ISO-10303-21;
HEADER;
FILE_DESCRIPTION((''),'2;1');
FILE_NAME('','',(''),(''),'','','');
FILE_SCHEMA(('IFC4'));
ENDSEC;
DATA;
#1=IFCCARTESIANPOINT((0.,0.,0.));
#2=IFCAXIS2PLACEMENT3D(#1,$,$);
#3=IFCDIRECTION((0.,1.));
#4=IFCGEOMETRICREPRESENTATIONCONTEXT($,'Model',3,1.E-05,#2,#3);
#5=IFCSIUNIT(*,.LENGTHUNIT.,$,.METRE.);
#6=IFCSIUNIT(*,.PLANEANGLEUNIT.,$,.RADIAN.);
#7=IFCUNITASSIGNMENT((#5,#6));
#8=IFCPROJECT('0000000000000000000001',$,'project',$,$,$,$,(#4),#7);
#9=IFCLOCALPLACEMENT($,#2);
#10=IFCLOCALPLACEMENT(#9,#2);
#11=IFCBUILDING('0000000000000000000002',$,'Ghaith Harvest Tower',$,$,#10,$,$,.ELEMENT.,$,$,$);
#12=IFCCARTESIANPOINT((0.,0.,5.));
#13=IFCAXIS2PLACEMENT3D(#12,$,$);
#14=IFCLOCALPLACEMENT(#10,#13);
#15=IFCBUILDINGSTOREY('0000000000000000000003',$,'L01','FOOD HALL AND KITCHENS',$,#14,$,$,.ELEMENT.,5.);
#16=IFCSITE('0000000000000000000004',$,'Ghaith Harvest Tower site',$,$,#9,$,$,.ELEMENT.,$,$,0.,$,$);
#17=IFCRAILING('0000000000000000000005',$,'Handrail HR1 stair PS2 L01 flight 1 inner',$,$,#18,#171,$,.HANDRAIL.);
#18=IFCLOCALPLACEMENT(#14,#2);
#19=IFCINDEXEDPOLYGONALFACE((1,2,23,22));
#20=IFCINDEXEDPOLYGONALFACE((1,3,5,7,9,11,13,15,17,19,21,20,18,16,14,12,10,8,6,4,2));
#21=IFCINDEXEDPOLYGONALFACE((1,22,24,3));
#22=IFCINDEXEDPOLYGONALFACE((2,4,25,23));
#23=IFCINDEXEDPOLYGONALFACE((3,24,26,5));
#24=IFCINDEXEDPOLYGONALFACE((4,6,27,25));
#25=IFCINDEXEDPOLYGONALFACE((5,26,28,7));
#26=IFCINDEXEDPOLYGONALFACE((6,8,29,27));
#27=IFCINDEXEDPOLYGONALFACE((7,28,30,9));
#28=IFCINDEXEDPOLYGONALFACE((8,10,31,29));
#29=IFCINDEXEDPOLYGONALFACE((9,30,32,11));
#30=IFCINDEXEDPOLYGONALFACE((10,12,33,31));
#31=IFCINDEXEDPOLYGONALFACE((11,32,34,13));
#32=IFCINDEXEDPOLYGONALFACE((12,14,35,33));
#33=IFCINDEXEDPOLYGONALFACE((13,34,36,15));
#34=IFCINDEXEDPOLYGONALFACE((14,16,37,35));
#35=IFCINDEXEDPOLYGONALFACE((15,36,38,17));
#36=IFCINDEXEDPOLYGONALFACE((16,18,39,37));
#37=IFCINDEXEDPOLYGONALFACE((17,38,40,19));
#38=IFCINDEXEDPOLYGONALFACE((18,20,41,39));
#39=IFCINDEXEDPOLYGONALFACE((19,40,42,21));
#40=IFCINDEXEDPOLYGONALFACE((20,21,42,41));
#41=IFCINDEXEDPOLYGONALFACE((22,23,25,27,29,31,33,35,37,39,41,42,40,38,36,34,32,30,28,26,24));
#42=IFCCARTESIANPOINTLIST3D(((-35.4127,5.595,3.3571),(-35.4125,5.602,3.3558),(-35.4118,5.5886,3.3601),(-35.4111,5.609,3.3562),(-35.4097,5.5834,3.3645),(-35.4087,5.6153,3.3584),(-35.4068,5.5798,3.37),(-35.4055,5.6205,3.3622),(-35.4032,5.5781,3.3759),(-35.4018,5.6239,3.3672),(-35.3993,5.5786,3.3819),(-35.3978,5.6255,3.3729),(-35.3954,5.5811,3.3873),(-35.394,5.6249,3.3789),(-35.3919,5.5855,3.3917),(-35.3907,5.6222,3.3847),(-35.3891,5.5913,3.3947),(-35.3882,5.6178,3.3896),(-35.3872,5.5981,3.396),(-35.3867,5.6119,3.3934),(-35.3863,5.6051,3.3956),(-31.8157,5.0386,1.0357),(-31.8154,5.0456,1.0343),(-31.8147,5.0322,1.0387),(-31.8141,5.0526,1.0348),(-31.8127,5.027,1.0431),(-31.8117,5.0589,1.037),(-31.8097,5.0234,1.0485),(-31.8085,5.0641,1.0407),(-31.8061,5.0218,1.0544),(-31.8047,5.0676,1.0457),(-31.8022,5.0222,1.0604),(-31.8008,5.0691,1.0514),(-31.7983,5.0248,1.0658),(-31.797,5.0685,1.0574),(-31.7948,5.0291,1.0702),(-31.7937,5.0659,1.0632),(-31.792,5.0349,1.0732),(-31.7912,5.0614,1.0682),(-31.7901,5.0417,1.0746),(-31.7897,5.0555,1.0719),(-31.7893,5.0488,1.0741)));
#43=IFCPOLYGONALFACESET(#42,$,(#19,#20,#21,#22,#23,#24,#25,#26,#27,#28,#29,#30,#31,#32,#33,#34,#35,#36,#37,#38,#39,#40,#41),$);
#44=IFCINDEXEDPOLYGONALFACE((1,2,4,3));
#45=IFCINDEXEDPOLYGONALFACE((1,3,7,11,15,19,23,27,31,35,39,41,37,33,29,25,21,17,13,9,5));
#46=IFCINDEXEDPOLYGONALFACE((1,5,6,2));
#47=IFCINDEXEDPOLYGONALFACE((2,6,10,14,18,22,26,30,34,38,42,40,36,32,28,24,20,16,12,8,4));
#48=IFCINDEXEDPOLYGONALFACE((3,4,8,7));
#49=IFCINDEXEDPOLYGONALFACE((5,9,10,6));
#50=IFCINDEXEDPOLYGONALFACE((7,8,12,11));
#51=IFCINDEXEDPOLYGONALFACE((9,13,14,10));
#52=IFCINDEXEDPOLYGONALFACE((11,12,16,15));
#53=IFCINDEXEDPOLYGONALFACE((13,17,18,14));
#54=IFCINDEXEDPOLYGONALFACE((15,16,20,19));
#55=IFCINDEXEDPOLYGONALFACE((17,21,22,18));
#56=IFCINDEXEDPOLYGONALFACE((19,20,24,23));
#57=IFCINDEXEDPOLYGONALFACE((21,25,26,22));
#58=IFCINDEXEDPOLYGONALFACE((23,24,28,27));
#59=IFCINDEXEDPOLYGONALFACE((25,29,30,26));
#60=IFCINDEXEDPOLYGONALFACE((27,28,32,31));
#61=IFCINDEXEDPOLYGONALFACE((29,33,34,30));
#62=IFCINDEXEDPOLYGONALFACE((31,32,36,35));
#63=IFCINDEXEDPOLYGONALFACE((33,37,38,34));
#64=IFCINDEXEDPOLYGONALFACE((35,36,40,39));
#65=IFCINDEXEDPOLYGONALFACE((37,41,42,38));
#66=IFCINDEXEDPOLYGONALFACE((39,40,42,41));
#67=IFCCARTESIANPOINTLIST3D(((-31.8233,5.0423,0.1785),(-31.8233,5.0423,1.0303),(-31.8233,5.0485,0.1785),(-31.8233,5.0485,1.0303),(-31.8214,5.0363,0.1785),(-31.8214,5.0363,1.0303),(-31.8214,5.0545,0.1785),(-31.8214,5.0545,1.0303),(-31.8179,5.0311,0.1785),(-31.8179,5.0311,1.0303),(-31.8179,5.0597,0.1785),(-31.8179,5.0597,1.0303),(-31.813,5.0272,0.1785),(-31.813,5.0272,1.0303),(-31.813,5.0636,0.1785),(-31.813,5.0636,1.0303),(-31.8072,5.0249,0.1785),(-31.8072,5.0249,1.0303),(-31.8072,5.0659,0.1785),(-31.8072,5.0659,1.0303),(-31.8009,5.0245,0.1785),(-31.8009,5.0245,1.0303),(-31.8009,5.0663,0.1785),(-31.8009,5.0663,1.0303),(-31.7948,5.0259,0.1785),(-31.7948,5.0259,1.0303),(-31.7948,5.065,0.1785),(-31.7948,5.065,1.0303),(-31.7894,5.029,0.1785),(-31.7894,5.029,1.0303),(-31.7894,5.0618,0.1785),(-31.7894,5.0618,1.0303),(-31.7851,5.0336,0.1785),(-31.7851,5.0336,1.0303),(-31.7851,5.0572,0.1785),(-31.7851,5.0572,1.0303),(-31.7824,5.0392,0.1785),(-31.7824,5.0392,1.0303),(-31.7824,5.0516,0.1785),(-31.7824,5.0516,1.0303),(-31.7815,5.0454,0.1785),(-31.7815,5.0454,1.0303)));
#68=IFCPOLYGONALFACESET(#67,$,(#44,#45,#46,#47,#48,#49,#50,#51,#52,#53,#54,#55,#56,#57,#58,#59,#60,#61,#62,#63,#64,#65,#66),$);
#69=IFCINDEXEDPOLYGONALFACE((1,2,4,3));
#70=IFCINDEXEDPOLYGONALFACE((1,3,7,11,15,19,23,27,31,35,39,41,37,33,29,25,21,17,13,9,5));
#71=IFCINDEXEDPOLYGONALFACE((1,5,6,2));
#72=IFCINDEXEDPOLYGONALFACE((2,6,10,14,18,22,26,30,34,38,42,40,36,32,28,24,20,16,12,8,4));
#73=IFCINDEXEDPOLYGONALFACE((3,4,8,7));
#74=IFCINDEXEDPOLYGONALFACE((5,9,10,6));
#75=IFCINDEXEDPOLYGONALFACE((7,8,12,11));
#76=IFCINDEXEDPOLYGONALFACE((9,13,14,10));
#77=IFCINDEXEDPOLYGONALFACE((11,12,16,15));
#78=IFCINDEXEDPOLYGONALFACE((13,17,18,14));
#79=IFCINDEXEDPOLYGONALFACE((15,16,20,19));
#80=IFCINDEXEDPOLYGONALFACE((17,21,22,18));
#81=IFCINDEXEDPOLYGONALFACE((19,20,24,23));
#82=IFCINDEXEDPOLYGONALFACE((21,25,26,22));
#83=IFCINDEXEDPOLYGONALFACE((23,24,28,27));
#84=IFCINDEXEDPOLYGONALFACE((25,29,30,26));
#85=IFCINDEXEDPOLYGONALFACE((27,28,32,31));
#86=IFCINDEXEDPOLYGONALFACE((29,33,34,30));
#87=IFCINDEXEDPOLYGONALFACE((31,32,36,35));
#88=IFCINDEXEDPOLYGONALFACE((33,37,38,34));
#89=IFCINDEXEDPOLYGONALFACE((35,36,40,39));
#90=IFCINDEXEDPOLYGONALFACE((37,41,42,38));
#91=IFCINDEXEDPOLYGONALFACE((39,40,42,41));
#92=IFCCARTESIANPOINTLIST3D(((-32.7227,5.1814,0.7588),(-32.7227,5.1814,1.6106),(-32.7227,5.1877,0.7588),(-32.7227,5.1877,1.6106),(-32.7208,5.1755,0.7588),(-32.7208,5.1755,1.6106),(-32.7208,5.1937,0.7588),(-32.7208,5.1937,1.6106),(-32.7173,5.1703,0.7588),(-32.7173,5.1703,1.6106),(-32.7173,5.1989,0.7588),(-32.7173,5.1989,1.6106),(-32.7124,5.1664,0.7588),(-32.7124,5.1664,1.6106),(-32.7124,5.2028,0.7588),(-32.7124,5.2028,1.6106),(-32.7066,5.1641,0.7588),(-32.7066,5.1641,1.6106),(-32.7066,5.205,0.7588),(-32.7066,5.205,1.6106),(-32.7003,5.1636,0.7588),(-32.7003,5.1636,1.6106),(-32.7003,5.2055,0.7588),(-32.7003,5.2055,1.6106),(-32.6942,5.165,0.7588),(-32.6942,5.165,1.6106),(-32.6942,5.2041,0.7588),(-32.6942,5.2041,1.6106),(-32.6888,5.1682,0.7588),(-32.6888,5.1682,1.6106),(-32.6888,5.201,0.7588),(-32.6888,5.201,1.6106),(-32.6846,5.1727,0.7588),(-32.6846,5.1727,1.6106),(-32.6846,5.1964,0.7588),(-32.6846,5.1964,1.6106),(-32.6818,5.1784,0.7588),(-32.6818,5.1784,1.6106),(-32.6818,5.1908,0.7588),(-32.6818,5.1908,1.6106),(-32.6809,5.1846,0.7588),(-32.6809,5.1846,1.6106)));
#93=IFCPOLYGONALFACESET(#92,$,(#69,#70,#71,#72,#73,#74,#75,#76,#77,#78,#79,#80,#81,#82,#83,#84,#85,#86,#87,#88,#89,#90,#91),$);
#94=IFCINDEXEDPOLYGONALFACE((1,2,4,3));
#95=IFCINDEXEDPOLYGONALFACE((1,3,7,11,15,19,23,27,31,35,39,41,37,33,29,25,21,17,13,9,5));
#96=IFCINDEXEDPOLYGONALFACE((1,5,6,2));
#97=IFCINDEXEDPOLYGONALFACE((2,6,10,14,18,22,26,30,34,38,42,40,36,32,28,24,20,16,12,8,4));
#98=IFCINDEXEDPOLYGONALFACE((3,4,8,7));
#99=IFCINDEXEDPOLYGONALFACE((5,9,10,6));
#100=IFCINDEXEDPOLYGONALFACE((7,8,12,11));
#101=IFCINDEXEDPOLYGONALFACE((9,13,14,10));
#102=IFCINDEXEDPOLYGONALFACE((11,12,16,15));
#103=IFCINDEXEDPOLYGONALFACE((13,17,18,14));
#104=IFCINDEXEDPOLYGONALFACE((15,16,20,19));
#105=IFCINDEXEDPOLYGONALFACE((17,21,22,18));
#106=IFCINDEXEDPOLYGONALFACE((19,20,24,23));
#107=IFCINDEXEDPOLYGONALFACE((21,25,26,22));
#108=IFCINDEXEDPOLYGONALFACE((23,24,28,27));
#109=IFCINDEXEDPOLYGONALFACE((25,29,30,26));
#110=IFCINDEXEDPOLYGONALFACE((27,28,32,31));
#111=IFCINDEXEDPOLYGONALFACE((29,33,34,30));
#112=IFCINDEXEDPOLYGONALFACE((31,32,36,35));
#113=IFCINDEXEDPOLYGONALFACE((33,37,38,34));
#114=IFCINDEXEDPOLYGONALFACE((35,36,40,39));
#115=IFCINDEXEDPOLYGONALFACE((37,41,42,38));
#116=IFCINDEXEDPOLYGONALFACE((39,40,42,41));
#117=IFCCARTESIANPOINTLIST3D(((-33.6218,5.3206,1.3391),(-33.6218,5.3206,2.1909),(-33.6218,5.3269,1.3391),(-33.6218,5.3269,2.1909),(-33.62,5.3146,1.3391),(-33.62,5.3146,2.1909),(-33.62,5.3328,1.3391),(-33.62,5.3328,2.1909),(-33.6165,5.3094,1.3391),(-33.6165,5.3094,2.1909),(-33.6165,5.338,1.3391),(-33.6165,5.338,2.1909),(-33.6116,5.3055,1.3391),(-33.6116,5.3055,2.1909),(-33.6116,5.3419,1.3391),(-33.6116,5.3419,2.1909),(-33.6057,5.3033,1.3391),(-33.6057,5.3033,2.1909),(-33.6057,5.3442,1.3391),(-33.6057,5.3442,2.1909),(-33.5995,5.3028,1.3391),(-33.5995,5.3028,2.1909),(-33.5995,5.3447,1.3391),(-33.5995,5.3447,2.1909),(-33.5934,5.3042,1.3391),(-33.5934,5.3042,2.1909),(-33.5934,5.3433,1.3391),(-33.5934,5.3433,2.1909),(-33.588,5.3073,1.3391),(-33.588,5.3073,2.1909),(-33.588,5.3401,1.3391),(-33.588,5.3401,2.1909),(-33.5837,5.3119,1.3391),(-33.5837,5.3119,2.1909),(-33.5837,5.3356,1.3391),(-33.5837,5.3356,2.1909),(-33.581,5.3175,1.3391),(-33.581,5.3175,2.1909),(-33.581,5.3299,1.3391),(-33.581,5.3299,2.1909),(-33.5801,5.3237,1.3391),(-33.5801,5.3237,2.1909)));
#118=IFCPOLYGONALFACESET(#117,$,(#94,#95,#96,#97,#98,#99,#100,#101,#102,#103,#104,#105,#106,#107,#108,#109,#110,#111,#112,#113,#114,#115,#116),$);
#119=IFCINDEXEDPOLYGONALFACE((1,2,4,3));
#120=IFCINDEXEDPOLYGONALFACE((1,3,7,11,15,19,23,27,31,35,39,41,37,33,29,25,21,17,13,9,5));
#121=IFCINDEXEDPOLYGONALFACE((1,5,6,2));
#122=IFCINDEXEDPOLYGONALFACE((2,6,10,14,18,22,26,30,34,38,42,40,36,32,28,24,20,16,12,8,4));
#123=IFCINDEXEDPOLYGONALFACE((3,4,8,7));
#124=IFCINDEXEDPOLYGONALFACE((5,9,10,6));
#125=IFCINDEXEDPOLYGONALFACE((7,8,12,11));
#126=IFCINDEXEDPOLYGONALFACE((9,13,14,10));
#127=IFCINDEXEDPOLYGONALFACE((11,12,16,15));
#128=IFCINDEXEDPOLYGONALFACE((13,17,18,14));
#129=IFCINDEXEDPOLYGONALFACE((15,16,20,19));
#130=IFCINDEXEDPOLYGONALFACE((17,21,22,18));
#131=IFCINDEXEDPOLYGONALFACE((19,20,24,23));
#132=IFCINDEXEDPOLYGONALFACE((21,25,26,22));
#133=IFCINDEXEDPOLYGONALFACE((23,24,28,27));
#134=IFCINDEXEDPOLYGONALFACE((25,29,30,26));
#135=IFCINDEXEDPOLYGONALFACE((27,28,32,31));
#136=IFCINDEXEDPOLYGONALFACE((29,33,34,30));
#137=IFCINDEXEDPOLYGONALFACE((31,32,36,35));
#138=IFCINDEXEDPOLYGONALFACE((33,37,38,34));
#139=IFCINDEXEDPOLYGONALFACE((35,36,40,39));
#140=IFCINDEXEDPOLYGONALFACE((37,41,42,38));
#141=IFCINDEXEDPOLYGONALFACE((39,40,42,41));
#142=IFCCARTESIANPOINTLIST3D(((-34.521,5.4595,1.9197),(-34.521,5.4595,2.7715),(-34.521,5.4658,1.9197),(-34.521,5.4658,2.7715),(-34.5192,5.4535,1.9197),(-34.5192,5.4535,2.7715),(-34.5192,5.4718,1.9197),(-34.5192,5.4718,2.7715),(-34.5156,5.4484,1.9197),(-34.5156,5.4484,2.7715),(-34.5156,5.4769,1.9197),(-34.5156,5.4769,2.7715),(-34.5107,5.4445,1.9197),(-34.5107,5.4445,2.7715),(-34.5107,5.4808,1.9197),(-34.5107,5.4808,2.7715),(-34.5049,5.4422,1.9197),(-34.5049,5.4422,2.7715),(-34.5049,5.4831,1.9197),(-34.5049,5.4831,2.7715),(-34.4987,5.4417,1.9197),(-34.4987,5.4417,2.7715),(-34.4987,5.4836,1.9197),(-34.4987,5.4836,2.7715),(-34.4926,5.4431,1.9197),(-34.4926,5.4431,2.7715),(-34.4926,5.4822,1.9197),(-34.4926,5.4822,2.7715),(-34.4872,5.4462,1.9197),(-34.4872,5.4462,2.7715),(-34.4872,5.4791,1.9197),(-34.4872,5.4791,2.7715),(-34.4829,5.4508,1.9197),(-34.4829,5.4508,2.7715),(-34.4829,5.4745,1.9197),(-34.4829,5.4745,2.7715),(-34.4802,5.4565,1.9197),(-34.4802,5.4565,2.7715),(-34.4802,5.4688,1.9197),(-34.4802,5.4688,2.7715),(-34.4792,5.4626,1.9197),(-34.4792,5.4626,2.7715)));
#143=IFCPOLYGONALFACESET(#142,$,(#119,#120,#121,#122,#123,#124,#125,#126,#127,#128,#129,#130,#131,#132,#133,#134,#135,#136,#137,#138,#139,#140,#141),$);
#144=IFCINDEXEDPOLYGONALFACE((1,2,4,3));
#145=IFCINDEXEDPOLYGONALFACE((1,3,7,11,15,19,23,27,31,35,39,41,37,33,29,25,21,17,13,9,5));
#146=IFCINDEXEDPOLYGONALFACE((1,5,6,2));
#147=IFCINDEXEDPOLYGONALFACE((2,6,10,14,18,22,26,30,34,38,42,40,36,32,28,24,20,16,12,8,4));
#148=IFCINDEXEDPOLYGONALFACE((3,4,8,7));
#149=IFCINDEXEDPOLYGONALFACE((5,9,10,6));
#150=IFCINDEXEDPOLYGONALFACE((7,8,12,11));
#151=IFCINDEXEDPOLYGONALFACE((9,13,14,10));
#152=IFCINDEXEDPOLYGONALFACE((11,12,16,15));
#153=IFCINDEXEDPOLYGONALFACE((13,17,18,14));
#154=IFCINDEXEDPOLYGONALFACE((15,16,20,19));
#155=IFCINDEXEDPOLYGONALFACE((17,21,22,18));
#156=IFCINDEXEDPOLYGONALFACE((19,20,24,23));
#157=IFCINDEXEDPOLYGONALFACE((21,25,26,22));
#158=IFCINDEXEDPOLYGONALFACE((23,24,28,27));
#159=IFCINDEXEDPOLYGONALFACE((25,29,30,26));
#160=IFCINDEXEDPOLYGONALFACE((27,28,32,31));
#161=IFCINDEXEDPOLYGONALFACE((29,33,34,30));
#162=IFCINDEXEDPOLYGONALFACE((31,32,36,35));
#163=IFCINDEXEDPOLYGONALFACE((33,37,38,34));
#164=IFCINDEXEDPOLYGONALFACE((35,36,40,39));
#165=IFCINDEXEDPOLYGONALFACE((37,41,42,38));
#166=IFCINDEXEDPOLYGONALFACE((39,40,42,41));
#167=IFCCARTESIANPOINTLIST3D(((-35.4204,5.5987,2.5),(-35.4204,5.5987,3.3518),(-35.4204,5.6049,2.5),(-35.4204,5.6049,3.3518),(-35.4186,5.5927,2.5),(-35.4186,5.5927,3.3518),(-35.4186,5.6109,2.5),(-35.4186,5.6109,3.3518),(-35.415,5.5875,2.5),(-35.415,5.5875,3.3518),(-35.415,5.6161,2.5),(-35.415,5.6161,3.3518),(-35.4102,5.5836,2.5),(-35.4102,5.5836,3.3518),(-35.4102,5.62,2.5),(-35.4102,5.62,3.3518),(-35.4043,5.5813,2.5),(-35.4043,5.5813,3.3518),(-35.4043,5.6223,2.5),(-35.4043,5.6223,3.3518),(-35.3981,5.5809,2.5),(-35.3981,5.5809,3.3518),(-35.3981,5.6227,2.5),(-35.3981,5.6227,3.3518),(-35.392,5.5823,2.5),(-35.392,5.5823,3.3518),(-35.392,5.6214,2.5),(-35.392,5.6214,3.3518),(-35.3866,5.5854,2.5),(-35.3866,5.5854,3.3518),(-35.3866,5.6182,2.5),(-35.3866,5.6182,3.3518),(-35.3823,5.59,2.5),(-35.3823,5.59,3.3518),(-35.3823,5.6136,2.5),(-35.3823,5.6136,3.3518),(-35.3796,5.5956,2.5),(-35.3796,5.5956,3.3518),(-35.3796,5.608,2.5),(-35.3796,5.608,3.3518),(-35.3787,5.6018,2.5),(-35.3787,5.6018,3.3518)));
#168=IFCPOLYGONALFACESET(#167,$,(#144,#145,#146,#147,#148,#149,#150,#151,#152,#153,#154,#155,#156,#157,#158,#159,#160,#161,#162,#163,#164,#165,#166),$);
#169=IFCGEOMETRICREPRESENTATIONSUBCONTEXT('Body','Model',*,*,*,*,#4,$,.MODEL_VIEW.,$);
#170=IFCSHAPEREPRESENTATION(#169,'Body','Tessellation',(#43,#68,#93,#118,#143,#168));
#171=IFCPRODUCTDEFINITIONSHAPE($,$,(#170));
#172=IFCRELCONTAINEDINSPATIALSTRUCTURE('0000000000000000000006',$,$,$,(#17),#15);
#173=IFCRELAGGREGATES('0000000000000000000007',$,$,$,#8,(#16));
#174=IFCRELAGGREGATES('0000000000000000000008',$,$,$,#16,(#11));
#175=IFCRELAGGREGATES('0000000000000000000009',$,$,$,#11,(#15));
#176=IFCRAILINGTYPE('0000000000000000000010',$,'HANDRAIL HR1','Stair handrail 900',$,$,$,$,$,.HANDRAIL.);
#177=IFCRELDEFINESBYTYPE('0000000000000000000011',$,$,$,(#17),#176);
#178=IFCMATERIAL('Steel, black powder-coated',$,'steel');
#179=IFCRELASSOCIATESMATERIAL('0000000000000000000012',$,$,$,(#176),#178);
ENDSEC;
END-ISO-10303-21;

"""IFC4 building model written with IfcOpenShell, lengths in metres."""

from ifc_helpers import new_model, si_unit, direction, frame, origin, origin_2d, place, context, subcontext, project, spatial, circle, extrude, material, type_object, element, save


model = new_model("IFC4")

# Units and contexts
model_context = context("Model", 3, precision=1e-05, world=origin(), true_north=direction((0.0, 1.0)))
body_context = subcontext(model_context, "Body", "Model", "MODEL_VIEW")
ifc_project = project(units=[si_unit("LENGTHUNIT", "METRE"), si_unit("PLANEANGLEUNIT", "RADIAN")], contexts=[model_context])

# Site, building, storey
site_placement = place(None, origin())
site = spatial("IfcSite", under=ifc_project, at=site_placement, Name="Ghaith Harvest Tower site", CompositionType="ELEMENT", RefElevation=0.0)
building_placement = place(site_placement, origin())
building = spatial("IfcBuilding", under=site, at=building_placement, Name="Ghaith Harvest Tower", CompositionType="ELEMENT")
storey_placement = place(building_placement, frame((0.0, 0.0, 5.0)))
storey = spatial("IfcBuildingStorey", under=building, at=storey_placement, Name="L01", Description="FOOD HALL AND KITCHENS", CompositionType="ELEMENT", Elevation=5.0)

# Railing
ifc_material_1 = material(Name="Steel, black powder-coated", Category="steel")
railing_type = type_object("IfcRailingType", Name="HANDRAIL HR1", Description="Stair handrail 900", PredefinedType="HANDRAIL", material=ifc_material_1)
railing_1_placement = place(storey_placement, frame((-31.8025, 5.0454, 0.1785)))
element("IfcRailing", 1, at=railing_1_placement, inside=storey, type_object=railing_type, Name="Handrail HR1 stair PS2 L01 flight 1 inner", PredefinedType="HANDRAIL", context=body_context, shape_type="SweptSolid", body=[
    extrude(circle(Radius=0.0239, at=origin_2d()), frame((0.0, 0.0, 0.876), z_axis=(-0.833207, 0.128877, 0.537733), x_axis=(-0.152859, -0.988248, 0.0)), (0.0, 0.0, 1.0), 4.3171),
    extrude(circle(Radius=0.021, at=origin_2d()), origin(), (0.0, 0.0, 1.0), 0.8518),
    extrude(circle(Radius=0.021, at=origin_2d()), frame((-0.8994, 0.1392, 0.5803)), (0.0, 0.0, 1.0), 0.8518),
    extrude(circle(Radius=0.021, at=origin_2d()), frame((-1.7986, 0.2783, 1.1606)), (0.0, 0.0, 1.0), 0.8518),
    extrude(circle(Radius=0.021, at=origin_2d()), frame((-2.6978, 0.4172, 1.7412)), (0.0, 0.0, 1.0), 0.8518),
    extrude(circle(Radius=0.021, at=origin_2d()), frame((-3.5972, 0.5564, 2.3215)), (0.0, 0.0, 1.0), 0.8518),
])

save(model, "model.ifc")
